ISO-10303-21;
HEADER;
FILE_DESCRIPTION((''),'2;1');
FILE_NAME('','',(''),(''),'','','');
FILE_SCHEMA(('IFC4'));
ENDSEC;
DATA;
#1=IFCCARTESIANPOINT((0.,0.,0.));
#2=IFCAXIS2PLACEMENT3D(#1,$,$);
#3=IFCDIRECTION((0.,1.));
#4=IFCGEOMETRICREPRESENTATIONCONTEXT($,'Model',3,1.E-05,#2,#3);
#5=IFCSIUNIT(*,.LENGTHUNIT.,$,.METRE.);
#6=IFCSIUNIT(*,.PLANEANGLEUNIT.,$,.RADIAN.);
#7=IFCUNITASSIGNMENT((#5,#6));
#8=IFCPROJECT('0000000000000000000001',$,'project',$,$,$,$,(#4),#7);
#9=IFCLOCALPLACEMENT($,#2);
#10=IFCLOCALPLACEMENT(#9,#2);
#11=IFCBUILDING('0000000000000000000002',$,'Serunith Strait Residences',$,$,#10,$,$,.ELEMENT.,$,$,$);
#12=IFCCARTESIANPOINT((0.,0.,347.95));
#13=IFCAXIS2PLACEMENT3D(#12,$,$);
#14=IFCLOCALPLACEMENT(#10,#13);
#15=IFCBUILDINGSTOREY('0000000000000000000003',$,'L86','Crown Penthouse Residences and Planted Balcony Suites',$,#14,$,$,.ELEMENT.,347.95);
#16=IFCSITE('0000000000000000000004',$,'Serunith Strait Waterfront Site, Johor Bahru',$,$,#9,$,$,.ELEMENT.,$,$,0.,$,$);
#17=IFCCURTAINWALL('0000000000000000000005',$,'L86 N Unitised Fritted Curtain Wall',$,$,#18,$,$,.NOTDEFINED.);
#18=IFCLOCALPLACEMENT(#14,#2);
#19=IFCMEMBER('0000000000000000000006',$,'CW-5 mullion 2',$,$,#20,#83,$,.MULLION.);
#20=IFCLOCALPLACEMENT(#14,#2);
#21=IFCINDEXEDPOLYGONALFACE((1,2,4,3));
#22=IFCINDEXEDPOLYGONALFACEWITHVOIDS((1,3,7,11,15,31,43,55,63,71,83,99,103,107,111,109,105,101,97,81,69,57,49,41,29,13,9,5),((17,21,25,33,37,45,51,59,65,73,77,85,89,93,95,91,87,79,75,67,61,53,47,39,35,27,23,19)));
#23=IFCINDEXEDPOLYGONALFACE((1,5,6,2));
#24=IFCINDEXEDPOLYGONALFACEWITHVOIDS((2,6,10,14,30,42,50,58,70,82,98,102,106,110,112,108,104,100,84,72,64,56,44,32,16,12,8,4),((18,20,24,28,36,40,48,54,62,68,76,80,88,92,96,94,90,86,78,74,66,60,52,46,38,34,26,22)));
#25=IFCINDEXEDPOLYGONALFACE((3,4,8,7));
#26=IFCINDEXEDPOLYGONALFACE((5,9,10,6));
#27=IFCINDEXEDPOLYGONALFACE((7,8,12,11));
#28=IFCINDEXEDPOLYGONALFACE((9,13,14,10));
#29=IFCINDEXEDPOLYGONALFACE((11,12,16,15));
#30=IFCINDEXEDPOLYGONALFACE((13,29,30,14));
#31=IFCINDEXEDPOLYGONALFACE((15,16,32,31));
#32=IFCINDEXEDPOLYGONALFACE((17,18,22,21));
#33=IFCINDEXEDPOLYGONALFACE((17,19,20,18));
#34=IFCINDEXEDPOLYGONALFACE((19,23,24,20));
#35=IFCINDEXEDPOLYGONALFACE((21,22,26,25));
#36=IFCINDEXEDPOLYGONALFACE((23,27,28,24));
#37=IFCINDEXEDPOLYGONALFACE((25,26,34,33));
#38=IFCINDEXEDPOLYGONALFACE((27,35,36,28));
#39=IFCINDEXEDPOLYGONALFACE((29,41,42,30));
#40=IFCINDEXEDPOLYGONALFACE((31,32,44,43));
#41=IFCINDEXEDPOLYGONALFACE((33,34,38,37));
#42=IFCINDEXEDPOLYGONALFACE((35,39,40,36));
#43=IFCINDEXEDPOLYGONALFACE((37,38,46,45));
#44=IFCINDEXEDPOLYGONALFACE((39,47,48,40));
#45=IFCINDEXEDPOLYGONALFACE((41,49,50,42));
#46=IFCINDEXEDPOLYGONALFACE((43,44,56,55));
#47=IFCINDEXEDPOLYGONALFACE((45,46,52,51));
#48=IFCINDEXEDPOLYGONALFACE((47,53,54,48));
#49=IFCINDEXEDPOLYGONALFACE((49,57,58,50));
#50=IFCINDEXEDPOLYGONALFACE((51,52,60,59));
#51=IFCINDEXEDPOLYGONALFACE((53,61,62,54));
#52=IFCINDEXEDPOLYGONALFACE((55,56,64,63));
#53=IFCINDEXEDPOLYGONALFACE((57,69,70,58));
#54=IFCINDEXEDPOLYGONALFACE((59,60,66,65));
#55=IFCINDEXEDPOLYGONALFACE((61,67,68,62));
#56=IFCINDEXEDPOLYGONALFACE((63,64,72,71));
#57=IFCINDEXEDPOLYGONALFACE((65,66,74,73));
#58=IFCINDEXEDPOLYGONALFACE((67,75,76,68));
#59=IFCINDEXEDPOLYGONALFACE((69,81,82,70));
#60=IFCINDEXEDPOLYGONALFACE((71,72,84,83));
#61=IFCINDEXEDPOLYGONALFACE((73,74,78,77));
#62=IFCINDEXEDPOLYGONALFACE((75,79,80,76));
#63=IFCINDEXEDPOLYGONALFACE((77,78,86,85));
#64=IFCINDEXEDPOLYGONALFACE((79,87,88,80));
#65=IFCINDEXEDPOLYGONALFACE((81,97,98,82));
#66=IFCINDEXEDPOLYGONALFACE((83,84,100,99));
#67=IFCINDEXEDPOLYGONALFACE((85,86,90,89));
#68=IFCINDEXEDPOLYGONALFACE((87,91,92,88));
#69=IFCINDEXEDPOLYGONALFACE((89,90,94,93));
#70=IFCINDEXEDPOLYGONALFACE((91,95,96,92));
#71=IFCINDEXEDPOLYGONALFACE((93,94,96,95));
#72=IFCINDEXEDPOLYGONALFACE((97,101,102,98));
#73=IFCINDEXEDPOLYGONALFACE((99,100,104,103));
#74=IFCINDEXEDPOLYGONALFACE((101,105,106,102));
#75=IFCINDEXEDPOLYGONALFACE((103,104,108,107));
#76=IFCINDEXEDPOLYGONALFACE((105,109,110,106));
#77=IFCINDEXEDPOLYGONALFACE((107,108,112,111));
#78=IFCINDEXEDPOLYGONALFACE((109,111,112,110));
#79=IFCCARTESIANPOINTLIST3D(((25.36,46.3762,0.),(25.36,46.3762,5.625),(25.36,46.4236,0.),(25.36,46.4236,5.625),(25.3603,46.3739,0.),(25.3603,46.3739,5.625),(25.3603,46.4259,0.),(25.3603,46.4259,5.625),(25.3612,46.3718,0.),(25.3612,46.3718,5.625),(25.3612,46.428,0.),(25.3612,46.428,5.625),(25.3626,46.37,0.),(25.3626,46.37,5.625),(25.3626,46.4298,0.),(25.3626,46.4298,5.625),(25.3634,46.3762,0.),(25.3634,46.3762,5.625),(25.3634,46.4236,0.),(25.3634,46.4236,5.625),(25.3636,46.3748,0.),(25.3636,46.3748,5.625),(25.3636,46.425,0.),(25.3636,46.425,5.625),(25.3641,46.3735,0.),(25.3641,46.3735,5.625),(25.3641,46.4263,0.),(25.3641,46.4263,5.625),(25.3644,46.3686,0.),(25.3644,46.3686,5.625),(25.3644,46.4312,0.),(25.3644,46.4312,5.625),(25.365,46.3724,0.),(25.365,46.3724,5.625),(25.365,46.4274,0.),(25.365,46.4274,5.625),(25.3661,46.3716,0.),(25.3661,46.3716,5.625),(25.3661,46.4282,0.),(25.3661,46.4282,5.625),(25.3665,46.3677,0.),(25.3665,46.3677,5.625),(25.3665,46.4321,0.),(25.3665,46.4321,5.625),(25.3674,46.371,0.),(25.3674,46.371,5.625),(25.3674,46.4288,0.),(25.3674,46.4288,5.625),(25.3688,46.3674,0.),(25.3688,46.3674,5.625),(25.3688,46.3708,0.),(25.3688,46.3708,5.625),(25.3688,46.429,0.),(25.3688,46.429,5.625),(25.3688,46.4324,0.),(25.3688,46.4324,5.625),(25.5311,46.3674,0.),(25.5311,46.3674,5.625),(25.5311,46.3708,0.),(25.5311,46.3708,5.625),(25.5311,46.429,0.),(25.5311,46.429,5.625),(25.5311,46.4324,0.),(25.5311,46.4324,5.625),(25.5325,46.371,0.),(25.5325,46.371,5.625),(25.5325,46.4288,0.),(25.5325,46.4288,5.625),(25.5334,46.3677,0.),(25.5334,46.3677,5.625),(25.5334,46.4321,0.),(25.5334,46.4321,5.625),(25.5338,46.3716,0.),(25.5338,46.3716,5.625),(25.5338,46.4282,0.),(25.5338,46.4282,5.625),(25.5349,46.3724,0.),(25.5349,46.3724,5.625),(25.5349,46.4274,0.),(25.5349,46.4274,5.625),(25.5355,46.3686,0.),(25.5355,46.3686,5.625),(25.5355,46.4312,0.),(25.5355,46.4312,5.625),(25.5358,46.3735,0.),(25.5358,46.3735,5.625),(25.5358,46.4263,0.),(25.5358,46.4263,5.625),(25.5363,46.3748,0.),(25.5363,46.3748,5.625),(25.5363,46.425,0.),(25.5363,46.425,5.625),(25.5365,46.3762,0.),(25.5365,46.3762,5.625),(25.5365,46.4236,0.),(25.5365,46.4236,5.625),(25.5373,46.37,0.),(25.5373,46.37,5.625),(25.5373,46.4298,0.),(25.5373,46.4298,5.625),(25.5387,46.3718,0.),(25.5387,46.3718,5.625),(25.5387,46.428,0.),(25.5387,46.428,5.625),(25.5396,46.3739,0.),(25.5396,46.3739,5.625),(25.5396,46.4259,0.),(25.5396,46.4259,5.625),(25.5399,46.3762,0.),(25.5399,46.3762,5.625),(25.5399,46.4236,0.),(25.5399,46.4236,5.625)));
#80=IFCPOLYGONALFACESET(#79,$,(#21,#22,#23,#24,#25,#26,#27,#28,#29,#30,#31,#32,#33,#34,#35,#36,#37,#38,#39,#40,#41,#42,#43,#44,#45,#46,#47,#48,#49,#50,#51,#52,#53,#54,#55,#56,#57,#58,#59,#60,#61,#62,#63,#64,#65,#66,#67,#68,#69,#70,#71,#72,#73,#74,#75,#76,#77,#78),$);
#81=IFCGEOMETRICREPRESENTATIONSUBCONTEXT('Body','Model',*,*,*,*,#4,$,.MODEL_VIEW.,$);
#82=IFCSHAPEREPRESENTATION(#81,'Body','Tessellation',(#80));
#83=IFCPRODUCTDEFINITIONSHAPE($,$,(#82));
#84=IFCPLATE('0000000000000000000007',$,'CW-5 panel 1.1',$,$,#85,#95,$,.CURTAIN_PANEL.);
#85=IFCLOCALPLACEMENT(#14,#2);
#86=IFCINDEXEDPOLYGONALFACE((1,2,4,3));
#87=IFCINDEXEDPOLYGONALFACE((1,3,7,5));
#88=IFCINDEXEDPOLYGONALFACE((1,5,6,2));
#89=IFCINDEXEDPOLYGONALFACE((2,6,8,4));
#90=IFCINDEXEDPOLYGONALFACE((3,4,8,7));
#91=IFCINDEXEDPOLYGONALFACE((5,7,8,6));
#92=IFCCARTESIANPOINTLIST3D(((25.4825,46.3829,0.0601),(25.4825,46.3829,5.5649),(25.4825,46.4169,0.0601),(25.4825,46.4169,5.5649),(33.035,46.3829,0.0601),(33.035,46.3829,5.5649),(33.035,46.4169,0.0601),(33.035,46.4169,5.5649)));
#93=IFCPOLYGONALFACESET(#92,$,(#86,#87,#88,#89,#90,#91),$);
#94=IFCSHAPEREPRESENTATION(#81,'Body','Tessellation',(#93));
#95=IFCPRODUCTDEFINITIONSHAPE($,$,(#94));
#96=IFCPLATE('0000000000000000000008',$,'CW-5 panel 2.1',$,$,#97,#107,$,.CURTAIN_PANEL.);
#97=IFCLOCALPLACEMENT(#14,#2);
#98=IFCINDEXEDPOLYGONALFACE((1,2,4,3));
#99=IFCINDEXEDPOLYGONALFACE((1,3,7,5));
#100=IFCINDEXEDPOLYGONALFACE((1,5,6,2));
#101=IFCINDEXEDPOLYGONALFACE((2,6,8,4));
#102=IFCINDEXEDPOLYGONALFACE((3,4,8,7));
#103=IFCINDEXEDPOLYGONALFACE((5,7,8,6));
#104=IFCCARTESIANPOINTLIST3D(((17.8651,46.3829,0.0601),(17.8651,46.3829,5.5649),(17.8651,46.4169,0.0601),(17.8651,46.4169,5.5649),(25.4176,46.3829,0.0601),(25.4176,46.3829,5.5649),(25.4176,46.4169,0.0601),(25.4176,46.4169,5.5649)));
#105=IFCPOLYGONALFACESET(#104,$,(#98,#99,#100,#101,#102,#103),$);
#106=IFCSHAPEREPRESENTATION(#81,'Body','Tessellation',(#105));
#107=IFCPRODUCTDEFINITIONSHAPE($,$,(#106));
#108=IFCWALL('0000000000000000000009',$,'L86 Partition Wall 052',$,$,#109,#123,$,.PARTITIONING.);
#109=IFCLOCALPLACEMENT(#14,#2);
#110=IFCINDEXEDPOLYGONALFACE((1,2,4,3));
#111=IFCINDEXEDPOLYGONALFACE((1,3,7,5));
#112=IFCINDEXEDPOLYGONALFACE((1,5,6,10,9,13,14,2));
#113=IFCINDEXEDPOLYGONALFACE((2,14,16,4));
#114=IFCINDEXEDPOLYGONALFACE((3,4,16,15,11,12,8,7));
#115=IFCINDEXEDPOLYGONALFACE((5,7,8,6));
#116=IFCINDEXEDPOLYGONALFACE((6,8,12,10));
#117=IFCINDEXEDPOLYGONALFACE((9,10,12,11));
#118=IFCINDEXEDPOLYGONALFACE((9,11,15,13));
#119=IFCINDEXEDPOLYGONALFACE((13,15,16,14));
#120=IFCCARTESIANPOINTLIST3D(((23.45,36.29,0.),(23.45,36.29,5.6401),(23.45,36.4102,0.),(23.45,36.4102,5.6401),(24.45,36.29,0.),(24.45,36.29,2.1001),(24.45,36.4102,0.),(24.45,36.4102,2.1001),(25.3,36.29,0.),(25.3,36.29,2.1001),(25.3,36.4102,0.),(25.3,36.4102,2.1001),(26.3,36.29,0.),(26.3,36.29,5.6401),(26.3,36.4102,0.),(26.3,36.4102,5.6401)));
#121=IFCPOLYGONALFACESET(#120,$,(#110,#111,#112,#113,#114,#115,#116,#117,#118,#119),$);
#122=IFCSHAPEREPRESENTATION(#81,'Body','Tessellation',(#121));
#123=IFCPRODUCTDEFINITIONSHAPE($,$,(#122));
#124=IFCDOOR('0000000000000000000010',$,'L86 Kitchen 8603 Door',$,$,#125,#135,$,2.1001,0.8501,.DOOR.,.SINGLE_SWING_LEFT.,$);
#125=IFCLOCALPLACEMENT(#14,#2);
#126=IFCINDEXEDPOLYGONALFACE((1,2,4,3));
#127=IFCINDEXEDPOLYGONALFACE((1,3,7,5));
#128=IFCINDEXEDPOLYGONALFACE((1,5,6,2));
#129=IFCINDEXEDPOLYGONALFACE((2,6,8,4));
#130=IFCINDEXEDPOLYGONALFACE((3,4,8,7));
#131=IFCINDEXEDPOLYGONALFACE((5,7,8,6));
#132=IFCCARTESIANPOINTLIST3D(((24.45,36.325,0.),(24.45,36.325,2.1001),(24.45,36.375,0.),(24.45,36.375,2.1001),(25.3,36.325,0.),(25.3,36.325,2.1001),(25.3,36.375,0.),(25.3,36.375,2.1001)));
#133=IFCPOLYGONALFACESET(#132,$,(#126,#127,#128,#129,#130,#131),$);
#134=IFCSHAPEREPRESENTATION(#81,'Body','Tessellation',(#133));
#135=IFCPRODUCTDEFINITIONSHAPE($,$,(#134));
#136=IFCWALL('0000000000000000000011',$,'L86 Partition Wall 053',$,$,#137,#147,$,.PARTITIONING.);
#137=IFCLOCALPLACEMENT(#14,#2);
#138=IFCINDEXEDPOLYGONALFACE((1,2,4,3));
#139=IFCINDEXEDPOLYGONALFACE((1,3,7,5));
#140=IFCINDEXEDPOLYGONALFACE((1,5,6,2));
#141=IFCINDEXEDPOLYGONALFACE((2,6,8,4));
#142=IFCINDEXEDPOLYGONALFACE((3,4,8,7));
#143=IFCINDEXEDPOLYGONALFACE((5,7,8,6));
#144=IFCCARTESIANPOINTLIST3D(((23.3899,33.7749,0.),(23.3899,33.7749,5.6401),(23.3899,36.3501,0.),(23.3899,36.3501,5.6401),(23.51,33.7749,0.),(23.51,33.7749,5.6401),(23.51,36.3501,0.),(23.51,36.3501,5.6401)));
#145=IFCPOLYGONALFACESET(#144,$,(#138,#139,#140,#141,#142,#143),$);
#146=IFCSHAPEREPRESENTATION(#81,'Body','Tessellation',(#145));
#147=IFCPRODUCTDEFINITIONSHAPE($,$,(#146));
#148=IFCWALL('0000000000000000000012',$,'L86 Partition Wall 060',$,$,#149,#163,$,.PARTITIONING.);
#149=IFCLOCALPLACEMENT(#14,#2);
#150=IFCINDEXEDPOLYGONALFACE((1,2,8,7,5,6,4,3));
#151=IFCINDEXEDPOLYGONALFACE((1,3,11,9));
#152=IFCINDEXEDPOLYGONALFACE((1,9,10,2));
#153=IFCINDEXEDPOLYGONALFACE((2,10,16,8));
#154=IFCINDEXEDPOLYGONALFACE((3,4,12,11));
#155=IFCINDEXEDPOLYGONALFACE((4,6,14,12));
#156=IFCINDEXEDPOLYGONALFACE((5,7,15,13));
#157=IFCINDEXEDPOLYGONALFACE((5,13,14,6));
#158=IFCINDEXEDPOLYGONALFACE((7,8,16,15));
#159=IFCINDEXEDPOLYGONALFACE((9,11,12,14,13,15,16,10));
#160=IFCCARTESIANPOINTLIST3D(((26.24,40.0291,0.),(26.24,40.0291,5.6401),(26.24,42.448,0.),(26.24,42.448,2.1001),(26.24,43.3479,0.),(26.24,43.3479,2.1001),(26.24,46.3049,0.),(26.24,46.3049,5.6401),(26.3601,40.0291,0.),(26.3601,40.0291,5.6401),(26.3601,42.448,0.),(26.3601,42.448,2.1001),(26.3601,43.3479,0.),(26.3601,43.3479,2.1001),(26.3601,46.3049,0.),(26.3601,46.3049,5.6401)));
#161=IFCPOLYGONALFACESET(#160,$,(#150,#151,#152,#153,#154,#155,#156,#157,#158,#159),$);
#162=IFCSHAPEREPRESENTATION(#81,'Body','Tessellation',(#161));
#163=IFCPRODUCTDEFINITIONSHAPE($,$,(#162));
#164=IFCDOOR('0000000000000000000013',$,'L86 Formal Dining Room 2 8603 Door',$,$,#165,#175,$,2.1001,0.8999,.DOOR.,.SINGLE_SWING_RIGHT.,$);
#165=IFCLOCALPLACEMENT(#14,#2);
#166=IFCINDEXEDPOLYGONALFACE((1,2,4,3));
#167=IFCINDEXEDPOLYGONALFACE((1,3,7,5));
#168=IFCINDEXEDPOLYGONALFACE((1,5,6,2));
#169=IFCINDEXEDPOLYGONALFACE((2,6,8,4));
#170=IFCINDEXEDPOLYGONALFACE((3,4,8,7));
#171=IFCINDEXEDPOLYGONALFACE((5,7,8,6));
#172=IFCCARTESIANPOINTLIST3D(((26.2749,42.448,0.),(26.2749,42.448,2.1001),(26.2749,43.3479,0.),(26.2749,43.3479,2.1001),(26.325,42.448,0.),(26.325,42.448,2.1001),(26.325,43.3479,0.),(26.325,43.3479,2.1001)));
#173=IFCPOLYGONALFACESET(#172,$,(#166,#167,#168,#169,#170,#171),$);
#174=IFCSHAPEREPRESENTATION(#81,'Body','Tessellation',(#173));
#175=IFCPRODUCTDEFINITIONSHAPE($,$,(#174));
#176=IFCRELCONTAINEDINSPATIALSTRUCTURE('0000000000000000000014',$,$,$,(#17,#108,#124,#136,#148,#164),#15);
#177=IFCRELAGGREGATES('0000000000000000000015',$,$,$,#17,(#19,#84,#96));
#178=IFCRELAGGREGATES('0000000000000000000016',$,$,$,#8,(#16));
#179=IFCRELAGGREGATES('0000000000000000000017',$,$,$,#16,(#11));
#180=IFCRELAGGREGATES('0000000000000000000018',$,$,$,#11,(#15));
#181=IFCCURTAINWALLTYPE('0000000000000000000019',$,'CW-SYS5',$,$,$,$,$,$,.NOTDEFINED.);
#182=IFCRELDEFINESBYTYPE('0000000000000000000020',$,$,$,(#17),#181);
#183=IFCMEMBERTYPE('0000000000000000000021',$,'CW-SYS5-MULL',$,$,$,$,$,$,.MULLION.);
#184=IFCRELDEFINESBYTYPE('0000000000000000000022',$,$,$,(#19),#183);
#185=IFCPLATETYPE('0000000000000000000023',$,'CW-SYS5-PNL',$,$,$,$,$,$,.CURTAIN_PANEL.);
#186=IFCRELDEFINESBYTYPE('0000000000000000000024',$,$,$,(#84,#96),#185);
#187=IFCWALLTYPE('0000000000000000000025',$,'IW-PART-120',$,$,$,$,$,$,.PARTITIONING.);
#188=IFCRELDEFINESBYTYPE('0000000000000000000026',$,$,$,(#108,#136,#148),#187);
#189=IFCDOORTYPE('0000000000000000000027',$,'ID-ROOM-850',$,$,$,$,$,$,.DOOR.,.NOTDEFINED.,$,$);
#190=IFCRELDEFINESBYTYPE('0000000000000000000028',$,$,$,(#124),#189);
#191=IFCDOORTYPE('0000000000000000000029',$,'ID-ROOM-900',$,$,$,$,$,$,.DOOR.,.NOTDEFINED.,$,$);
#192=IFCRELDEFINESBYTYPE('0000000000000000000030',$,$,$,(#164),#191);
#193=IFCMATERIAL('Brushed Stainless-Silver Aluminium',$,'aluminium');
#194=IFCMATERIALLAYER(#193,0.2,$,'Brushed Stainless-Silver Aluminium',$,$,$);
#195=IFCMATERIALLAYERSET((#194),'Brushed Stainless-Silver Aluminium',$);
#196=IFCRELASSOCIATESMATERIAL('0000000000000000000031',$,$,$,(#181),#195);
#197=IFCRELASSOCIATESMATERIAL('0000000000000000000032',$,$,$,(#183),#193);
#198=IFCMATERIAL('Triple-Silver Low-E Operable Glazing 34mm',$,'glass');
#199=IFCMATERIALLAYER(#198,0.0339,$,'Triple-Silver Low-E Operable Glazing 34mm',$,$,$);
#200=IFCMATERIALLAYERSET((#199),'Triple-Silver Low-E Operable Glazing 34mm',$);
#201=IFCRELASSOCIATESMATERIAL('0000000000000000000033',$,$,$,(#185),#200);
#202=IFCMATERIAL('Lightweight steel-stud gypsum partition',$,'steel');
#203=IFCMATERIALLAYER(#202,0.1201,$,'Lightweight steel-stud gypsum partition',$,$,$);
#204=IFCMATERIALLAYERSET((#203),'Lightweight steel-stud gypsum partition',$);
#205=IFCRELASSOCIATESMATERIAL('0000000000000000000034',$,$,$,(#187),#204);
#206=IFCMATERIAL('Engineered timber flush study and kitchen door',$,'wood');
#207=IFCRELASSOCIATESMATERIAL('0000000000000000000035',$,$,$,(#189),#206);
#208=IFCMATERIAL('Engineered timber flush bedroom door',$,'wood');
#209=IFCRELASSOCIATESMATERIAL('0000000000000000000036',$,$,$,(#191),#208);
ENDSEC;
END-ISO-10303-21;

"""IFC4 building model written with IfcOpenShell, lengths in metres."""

from ifc_helpers import new_model, si_unit, direction, frame, frame_2d, origin, origin_2d, place, context, subcontext, project, spatial, rectangle, hollow_rectangle, extrude, source, transform, mapped, material, layer, layer_set, material_profile, profile_set, type_object, element, fill, aggregate, save


model = new_model("IFC4")

# Units and contexts
model_context = context("Model", 3, precision=1e-05, world=origin(), true_north=direction((0.0, 1.0)))
body_context = subcontext(model_context, "Body", "Model", "MODEL_VIEW")
ifc_project = project(units=[si_unit("LENGTHUNIT", "METRE"), si_unit("PLANEANGLEUNIT", "RADIAN")], contexts=[model_context])

# Site, building, storey
site_placement = place(None, origin())
site = spatial("IfcSite", under=ifc_project, at=site_placement, Name="Serunith Strait Waterfront Site, Johor Bahru", CompositionType="ELEMENT", RefElevation=0.0)
building_placement = place(site_placement, origin())
building = spatial("IfcBuilding", under=site, at=building_placement, Name="Serunith Strait Residences", CompositionType="ELEMENT")
storey_placement = place(building_placement, frame((0.0, 0.0, 347.95)))
storey = spatial("IfcBuildingStorey", under=building, at=storey_placement, Name="L86", Description="Crown Penthouse Residences and Planted Balcony Suites", CompositionType="ELEMENT", Elevation=347.95)

# Curtain wall, member, plates
ifc_material_1 = material(Name="Brushed Stainless-Silver Aluminium", Category="aluminium")
ifc_layer_1 = layer(ifc_material_1, 0.2, Name="Brushed Stainless-Silver Aluminium")
ifc_layer_set_1 = layer_set([ifc_layer_1], Name="Brushed Stainless-Silver Aluminium")
curtain_wall_type = type_object("IfcCurtainWallType", Name="CW-SYS5", PredefinedType="NOTDEFINED", material=ifc_layer_set_1)
curtain_wall_placement = place(storey_placement, origin())
curtain_wall = element("IfcCurtainWall", 1, at=curtain_wall_placement, inside=storey, type_object=curtain_wall_type, Name="L86 N Unitised Fritted Curtain Wall", PredefinedType="NOTDEFINED")
ifc_material_profile_1 = material_profile(ifc_material_1, hollow_rectangle(XDim=0.0649, YDim=0.1799, WallThickness=0.0034, InnerFilletRadius=0.0054, OuterFilletRadius=0.0088, at=origin_2d()), Name="ALU 180x65x3.5")
ifc_profile_set_1 = profile_set([ifc_material_profile_1], Name="Brushed Stainless-Silver Aluminium")
member_type_1 = type_object("IfcMemberType", Name="CW-SYS5-MULL", PredefinedType="MULLION", material=ifc_profile_set_1)
shared_shape_1 = source(origin(), body_context, "Body", "SweptSolid", [
    extrude(hollow_rectangle(XDim=0.0649, YDim=0.1799, WallThickness=0.0034, InnerFilletRadius=0.0054, OuterFilletRadius=0.0088, at=origin_2d()), origin(), (0.0, 0.0, 1.0), 5.625),
])
member_1_placement = place(storey_placement, frame((25.45, 46.3999, 0.0), z_axis=(0.0, 0.0, 1.0), x_axis=(0.0, -1.0, 0.0)))
member_1 = element("IfcMember", 2, at=member_1_placement, type_object=member_type_1, Name="CW-5 mullion 2", PredefinedType="MULLION", context=body_context, shape_type="MappedRepresentation", body=[
    mapped(shared_shape_1, transform((0.0, 0.0, 0.0), scale=1.0)),
])
ifc_material_2 = material(Name="Triple-Silver Low-E Operable Glazing 34mm", Category="glass")
ifc_layer_2 = layer(ifc_material_2, 0.0339, Name="Triple-Silver Low-E Operable Glazing 34mm")
ifc_layer_set_2 = layer_set([ifc_layer_2], Name="Triple-Silver Low-E Operable Glazing 34mm")
plate_type = type_object("IfcPlateType", Name="CW-SYS5-PNL", PredefinedType="CURTAIN_PANEL", material=ifc_layer_set_2)
shared_shape_2 = source(origin(), body_context, "Body", "SweptSolid", [
    extrude(rectangle(XDim=7.5525, YDim=0.0339, at=origin_2d()), origin(), (0.0, 0.0, 1.0), 5.5049),
])
plate_1_placement = place(storey_placement, frame((29.2588, 46.3999, 0.0601), z_axis=(0.0, 0.0, 1.0), x_axis=(-1.0, 0.0, 0.0)))
plate_1 = element("IfcPlate", 3, at=plate_1_placement, type_object=plate_type, Name="CW-5 panel 1.1", PredefinedType="CURTAIN_PANEL", context=body_context, shape_type="MappedRepresentation", body=[
    mapped(shared_shape_2, transform((0.0, 0.0, 0.0), scale=1.0)),
])
plate_2_placement = place(storey_placement, frame((21.6414, 46.3999, 0.0601), z_axis=(0.0, 0.0, 1.0), x_axis=(-1.0, 0.0, 0.0)))
plate_2 = element("IfcPlate", 4, at=plate_2_placement, type_object=plate_type, Name="CW-5 panel 2.1", PredefinedType="CURTAIN_PANEL", context=body_context, shape_type="MappedRepresentation", body=[
    mapped(shared_shape_2, transform((0.0, 0.0, 0.0), scale=1.0)),
])
aggregate(curtain_wall, [member_1, plate_1, plate_2])

# Wall, opening, door
ifc_material_3 = material(Name="Lightweight steel-stud gypsum partition", Category="steel")
ifc_layer_3 = layer(ifc_material_3, 0.1201, Name="Lightweight steel-stud gypsum partition")
ifc_layer_set_3 = layer_set([ifc_layer_3], Name="Lightweight steel-stud gypsum partition")
wall_type = type_object("IfcWallType", Name="IW-PART-120", PredefinedType="PARTITIONING", material=ifc_layer_set_3)
wall_1_placement = place(storey_placement, frame((23.45, 36.3501, 0.0), z_axis=(0.0, 0.0, 1.0), x_axis=(1.0, 0.0, 0.0)))
wall_1 = element("IfcWall", 5, at=wall_1_placement, inside=storey, type_object=wall_type, Name="L86 Partition Wall 052", PredefinedType="PARTITIONING", context=body_context, shape_type="SweptSolid", body=[
    extrude(rectangle(XDim=2.8501, YDim=0.1201, at=frame_2d((1.425, 0.0))), origin(), (0.0, 0.0, 1.0), 5.6401),
])
opening_1_placement = place(wall_1_placement, frame((1.0, 0.0, 0.0)))
opening_1 = element("IfcOpeningElement", 6, at=opening_1_placement, cuts=wall_1, PredefinedType="OPENING", context=body_context, shape_type="SweptSolid", body=[
    extrude(rectangle(XDim=0.8501, YDim=2.1001, at=frame_2d((0.425, 1.05))), frame((0.0, 0.0701, 0.0), z_axis=(0.0, -1.0, 0.0), x_axis=(1.0, 0.0, 0.0)), (0.0, 0.0, 1.0), 0.1401),
])
ifc_material_4 = material(Name="Engineered timber flush study and kitchen door", Category="wood")
door_type_1 = type_object("IfcDoorType", Name="ID-ROOM-850", OperationType="NOTDEFINED", PredefinedType="DOOR", material=ifc_material_4)
shared_shape_3 = source(origin(), body_context, "Body", "SweptSolid", [
    extrude(rectangle(XDim=0.8501, YDim=2.1001, at=frame_2d((0.425, 1.05))), frame((0.0, 0.0249, 0.0), z_axis=(0.0, -1.0, 0.0), x_axis=(1.0, 0.0, 0.0)), (0.0, 0.0, 1.0), 0.05),
])
door_1_placement = place(opening_1_placement, origin())
door_1 = element("IfcDoor", 7, at=door_1_placement, inside=storey, type_object=door_type_1, Name="L86 Kitchen 8603 Door", OperationType="SINGLE_SWING_LEFT", OverallHeight=2.1001, OverallWidth=0.8501, PredefinedType="DOOR", context=body_context, shape_type="MappedRepresentation", body=[
    mapped(shared_shape_3, transform((0.0, 0.0, 0.0), scale=1.0)),
])
fill(opening_1, door_1)

# Wall
wall_2_placement = place(storey_placement, frame((23.45, 36.3501, 0.0), z_axis=(0.0, 0.0, 1.0), x_axis=(0.0, -1.0, 0.0)))
element("IfcWall", 8, at=wall_2_placement, inside=storey, type_object=wall_type, Name="L86 Partition Wall 053", PredefinedType="PARTITIONING", context=body_context, shape_type="SweptSolid", body=[
    extrude(rectangle(XDim=2.5752, YDim=0.1201, at=frame_2d((1.2876, 0.0))), origin(), (0.0, 0.0, 1.0), 5.6401),
])

# Wall, opening, door
wall_3_placement = place(storey_placement, frame((26.3, 46.3049, 0.0), z_axis=(0.0, 0.0, 1.0), x_axis=(0.0, -1.0, 0.0)))
wall_3 = element("IfcWall", 9, at=wall_3_placement, inside=storey, type_object=wall_type, Name="L86 Partition Wall 060", PredefinedType="PARTITIONING", context=body_context, shape_type="SweptSolid", body=[
    extrude(rectangle(XDim=6.2759, YDim=0.1201, at=frame_2d((3.1379, 0.0))), origin(), (0.0, 0.0, 1.0), 5.6401),
])
opening_2_placement = place(wall_3_placement, frame((2.957, 0.0, 0.0)))
opening_2 = element("IfcOpeningElement", 10, at=opening_2_placement, cuts=wall_3, PredefinedType="OPENING", context=body_context, shape_type="SweptSolid", body=[
    extrude(rectangle(XDim=0.8999, YDim=2.1001, at=frame_2d((0.45, 1.05))), frame((0.0, 0.0701, 0.0), z_axis=(0.0, -1.0, 0.0), x_axis=(1.0, 0.0, 0.0)), (0.0, 0.0, 1.0), 0.1401),
])
ifc_material_5 = material(Name="Engineered timber flush bedroom door", Category="wood")
door_type_2 = type_object("IfcDoorType", Name="ID-ROOM-900", OperationType="NOTDEFINED", PredefinedType="DOOR", material=ifc_material_5)
shared_shape_4 = source(origin(), body_context, "Body", "SweptSolid", [
    extrude(rectangle(XDim=0.8999, YDim=2.1001, at=frame_2d((0.45, 1.05))), frame((0.0, 0.0249, 0.0), z_axis=(0.0, -1.0, 0.0), x_axis=(1.0, 0.0, 0.0)), (0.0, 0.0, 1.0), 0.05),
])
door_2_placement = place(opening_2_placement, origin())
door_2 = element("IfcDoor", 11, at=door_2_placement, inside=storey, type_object=door_type_2, Name="L86 Formal Dining Room 2 8603 Door", OperationType="SINGLE_SWING_RIGHT", OverallHeight=2.1001, OverallWidth=0.8999, PredefinedType="DOOR", context=body_context, shape_type="MappedRepresentation", body=[
    mapped(shared_shape_4, transform((0.0, 0.0, 0.0), scale=1.0)),
])
fill(opening_2, door_2)

save(model, "model.ifc")
